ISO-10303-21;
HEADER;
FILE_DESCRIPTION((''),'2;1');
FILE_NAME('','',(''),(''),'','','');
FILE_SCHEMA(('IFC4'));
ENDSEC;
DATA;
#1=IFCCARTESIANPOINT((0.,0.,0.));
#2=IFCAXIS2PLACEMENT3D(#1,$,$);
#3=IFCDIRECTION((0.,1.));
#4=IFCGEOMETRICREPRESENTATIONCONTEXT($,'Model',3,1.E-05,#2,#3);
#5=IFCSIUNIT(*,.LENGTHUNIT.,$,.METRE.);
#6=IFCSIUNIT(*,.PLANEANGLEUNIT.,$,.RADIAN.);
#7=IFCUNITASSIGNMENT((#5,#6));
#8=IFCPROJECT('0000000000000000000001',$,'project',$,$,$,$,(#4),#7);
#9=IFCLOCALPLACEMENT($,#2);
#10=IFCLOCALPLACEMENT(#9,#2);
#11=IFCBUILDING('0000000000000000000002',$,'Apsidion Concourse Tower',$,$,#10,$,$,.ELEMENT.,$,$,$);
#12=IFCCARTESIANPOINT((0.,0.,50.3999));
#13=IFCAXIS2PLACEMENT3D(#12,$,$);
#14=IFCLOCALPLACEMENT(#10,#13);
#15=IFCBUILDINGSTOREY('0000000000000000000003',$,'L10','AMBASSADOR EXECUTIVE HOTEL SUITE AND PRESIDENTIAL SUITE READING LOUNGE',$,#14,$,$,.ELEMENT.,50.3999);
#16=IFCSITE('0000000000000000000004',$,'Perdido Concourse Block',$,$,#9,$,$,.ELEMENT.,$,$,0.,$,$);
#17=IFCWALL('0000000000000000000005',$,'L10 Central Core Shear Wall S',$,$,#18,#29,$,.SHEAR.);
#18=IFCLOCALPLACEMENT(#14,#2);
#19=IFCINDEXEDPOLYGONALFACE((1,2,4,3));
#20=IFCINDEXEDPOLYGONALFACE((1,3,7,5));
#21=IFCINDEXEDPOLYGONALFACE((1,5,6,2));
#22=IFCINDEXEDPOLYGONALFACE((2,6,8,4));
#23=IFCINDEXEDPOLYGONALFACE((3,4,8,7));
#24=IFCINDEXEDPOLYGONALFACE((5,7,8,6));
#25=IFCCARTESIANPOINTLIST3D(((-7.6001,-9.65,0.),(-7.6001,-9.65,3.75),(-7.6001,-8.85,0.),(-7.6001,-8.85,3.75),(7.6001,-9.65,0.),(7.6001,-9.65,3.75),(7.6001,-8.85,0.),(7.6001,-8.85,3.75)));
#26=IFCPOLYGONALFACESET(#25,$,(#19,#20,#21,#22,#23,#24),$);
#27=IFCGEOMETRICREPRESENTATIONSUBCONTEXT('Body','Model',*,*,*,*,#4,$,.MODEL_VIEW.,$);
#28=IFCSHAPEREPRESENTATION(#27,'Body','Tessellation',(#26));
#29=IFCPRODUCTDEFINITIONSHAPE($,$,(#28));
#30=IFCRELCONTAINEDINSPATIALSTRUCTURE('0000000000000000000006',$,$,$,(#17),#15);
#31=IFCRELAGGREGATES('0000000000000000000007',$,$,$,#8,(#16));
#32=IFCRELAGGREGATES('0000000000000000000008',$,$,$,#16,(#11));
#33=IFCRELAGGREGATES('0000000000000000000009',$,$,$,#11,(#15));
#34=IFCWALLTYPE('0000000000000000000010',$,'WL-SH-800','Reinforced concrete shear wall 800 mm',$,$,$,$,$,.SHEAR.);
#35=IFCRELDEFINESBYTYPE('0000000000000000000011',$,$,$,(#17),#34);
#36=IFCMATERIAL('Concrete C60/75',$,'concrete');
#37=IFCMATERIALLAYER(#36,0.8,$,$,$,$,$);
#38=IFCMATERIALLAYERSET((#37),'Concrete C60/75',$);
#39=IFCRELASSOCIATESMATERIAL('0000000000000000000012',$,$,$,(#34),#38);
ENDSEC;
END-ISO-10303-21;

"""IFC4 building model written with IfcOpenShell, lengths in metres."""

from ifc_helpers import new_model, si_unit, direction, frame, frame_2d, origin, place, context, subcontext, project, spatial, rectangle, extrude, material, layer, layer_set, type_object, element, save


model = new_model("IFC4")

# Units and contexts
model_context = context("Model", 3, precision=1e-05, world=origin(), true_north=direction((0.0, 1.0)))
body_context = subcontext(model_context, "Body", "Model", "MODEL_VIEW")
ifc_project = project(units=[si_unit("LENGTHUNIT", "METRE"), si_unit("PLANEANGLEUNIT", "RADIAN")], contexts=[model_context])

# Site, building, storey
site_placement = place(None, origin())
site = spatial("IfcSite", under=ifc_project, at=site_placement, Name="Perdido Concourse Block", CompositionType="ELEMENT", RefElevation=0.0)
building_placement = place(site_placement, origin())
building = spatial("IfcBuilding", under=site, at=building_placement, Name="Apsidion Concourse Tower", CompositionType="ELEMENT")
storey_placement = place(building_placement, frame((0.0, 0.0, 50.3999)))
storey = spatial("IfcBuildingStorey", under=building, at=storey_placement, Name="L10", Description="AMBASSADOR EXECUTIVE HOTEL SUITE AND PRESIDENTIAL SUITE READING LOUNGE", CompositionType="ELEMENT", Elevation=50.3999)

# Shared definitions
ifc_material_1 = material(Name="Concrete C60/75", Category="concrete")

# Shared definitions
ifc_layer_1 = layer(ifc_material_1, 0.8)
ifc_layer_set_1 = layer_set([ifc_layer_1], Name="Concrete C60/75")
wall_type_1 = type_object("IfcWallType", Name="WL-SH-800", Description="Reinforced concrete shear wall 800 mm", PredefinedType="SHEAR", material=ifc_layer_set_1)

# Wall
wall_1_placement = place(storey_placement, frame((-7.6001, -9.25, 0.0), z_axis=(0.0, 0.0, 1.0), x_axis=(1.0, 0.0, 0.0)))
element("IfcWall", 1, at=wall_1_placement, inside=storey, type_object=wall_type_1, Name="L10 Central Core Shear Wall S", PredefinedType="SHEAR", context=body_context, shape_type="SweptSolid", body=[
    extrude(rectangle(XDim=15.2002, YDim=0.8, at=frame_2d((7.6001, 0.0))), origin(), (0.0, 0.0, 1.0), 3.75),
])

save(model, "model.ifc")
